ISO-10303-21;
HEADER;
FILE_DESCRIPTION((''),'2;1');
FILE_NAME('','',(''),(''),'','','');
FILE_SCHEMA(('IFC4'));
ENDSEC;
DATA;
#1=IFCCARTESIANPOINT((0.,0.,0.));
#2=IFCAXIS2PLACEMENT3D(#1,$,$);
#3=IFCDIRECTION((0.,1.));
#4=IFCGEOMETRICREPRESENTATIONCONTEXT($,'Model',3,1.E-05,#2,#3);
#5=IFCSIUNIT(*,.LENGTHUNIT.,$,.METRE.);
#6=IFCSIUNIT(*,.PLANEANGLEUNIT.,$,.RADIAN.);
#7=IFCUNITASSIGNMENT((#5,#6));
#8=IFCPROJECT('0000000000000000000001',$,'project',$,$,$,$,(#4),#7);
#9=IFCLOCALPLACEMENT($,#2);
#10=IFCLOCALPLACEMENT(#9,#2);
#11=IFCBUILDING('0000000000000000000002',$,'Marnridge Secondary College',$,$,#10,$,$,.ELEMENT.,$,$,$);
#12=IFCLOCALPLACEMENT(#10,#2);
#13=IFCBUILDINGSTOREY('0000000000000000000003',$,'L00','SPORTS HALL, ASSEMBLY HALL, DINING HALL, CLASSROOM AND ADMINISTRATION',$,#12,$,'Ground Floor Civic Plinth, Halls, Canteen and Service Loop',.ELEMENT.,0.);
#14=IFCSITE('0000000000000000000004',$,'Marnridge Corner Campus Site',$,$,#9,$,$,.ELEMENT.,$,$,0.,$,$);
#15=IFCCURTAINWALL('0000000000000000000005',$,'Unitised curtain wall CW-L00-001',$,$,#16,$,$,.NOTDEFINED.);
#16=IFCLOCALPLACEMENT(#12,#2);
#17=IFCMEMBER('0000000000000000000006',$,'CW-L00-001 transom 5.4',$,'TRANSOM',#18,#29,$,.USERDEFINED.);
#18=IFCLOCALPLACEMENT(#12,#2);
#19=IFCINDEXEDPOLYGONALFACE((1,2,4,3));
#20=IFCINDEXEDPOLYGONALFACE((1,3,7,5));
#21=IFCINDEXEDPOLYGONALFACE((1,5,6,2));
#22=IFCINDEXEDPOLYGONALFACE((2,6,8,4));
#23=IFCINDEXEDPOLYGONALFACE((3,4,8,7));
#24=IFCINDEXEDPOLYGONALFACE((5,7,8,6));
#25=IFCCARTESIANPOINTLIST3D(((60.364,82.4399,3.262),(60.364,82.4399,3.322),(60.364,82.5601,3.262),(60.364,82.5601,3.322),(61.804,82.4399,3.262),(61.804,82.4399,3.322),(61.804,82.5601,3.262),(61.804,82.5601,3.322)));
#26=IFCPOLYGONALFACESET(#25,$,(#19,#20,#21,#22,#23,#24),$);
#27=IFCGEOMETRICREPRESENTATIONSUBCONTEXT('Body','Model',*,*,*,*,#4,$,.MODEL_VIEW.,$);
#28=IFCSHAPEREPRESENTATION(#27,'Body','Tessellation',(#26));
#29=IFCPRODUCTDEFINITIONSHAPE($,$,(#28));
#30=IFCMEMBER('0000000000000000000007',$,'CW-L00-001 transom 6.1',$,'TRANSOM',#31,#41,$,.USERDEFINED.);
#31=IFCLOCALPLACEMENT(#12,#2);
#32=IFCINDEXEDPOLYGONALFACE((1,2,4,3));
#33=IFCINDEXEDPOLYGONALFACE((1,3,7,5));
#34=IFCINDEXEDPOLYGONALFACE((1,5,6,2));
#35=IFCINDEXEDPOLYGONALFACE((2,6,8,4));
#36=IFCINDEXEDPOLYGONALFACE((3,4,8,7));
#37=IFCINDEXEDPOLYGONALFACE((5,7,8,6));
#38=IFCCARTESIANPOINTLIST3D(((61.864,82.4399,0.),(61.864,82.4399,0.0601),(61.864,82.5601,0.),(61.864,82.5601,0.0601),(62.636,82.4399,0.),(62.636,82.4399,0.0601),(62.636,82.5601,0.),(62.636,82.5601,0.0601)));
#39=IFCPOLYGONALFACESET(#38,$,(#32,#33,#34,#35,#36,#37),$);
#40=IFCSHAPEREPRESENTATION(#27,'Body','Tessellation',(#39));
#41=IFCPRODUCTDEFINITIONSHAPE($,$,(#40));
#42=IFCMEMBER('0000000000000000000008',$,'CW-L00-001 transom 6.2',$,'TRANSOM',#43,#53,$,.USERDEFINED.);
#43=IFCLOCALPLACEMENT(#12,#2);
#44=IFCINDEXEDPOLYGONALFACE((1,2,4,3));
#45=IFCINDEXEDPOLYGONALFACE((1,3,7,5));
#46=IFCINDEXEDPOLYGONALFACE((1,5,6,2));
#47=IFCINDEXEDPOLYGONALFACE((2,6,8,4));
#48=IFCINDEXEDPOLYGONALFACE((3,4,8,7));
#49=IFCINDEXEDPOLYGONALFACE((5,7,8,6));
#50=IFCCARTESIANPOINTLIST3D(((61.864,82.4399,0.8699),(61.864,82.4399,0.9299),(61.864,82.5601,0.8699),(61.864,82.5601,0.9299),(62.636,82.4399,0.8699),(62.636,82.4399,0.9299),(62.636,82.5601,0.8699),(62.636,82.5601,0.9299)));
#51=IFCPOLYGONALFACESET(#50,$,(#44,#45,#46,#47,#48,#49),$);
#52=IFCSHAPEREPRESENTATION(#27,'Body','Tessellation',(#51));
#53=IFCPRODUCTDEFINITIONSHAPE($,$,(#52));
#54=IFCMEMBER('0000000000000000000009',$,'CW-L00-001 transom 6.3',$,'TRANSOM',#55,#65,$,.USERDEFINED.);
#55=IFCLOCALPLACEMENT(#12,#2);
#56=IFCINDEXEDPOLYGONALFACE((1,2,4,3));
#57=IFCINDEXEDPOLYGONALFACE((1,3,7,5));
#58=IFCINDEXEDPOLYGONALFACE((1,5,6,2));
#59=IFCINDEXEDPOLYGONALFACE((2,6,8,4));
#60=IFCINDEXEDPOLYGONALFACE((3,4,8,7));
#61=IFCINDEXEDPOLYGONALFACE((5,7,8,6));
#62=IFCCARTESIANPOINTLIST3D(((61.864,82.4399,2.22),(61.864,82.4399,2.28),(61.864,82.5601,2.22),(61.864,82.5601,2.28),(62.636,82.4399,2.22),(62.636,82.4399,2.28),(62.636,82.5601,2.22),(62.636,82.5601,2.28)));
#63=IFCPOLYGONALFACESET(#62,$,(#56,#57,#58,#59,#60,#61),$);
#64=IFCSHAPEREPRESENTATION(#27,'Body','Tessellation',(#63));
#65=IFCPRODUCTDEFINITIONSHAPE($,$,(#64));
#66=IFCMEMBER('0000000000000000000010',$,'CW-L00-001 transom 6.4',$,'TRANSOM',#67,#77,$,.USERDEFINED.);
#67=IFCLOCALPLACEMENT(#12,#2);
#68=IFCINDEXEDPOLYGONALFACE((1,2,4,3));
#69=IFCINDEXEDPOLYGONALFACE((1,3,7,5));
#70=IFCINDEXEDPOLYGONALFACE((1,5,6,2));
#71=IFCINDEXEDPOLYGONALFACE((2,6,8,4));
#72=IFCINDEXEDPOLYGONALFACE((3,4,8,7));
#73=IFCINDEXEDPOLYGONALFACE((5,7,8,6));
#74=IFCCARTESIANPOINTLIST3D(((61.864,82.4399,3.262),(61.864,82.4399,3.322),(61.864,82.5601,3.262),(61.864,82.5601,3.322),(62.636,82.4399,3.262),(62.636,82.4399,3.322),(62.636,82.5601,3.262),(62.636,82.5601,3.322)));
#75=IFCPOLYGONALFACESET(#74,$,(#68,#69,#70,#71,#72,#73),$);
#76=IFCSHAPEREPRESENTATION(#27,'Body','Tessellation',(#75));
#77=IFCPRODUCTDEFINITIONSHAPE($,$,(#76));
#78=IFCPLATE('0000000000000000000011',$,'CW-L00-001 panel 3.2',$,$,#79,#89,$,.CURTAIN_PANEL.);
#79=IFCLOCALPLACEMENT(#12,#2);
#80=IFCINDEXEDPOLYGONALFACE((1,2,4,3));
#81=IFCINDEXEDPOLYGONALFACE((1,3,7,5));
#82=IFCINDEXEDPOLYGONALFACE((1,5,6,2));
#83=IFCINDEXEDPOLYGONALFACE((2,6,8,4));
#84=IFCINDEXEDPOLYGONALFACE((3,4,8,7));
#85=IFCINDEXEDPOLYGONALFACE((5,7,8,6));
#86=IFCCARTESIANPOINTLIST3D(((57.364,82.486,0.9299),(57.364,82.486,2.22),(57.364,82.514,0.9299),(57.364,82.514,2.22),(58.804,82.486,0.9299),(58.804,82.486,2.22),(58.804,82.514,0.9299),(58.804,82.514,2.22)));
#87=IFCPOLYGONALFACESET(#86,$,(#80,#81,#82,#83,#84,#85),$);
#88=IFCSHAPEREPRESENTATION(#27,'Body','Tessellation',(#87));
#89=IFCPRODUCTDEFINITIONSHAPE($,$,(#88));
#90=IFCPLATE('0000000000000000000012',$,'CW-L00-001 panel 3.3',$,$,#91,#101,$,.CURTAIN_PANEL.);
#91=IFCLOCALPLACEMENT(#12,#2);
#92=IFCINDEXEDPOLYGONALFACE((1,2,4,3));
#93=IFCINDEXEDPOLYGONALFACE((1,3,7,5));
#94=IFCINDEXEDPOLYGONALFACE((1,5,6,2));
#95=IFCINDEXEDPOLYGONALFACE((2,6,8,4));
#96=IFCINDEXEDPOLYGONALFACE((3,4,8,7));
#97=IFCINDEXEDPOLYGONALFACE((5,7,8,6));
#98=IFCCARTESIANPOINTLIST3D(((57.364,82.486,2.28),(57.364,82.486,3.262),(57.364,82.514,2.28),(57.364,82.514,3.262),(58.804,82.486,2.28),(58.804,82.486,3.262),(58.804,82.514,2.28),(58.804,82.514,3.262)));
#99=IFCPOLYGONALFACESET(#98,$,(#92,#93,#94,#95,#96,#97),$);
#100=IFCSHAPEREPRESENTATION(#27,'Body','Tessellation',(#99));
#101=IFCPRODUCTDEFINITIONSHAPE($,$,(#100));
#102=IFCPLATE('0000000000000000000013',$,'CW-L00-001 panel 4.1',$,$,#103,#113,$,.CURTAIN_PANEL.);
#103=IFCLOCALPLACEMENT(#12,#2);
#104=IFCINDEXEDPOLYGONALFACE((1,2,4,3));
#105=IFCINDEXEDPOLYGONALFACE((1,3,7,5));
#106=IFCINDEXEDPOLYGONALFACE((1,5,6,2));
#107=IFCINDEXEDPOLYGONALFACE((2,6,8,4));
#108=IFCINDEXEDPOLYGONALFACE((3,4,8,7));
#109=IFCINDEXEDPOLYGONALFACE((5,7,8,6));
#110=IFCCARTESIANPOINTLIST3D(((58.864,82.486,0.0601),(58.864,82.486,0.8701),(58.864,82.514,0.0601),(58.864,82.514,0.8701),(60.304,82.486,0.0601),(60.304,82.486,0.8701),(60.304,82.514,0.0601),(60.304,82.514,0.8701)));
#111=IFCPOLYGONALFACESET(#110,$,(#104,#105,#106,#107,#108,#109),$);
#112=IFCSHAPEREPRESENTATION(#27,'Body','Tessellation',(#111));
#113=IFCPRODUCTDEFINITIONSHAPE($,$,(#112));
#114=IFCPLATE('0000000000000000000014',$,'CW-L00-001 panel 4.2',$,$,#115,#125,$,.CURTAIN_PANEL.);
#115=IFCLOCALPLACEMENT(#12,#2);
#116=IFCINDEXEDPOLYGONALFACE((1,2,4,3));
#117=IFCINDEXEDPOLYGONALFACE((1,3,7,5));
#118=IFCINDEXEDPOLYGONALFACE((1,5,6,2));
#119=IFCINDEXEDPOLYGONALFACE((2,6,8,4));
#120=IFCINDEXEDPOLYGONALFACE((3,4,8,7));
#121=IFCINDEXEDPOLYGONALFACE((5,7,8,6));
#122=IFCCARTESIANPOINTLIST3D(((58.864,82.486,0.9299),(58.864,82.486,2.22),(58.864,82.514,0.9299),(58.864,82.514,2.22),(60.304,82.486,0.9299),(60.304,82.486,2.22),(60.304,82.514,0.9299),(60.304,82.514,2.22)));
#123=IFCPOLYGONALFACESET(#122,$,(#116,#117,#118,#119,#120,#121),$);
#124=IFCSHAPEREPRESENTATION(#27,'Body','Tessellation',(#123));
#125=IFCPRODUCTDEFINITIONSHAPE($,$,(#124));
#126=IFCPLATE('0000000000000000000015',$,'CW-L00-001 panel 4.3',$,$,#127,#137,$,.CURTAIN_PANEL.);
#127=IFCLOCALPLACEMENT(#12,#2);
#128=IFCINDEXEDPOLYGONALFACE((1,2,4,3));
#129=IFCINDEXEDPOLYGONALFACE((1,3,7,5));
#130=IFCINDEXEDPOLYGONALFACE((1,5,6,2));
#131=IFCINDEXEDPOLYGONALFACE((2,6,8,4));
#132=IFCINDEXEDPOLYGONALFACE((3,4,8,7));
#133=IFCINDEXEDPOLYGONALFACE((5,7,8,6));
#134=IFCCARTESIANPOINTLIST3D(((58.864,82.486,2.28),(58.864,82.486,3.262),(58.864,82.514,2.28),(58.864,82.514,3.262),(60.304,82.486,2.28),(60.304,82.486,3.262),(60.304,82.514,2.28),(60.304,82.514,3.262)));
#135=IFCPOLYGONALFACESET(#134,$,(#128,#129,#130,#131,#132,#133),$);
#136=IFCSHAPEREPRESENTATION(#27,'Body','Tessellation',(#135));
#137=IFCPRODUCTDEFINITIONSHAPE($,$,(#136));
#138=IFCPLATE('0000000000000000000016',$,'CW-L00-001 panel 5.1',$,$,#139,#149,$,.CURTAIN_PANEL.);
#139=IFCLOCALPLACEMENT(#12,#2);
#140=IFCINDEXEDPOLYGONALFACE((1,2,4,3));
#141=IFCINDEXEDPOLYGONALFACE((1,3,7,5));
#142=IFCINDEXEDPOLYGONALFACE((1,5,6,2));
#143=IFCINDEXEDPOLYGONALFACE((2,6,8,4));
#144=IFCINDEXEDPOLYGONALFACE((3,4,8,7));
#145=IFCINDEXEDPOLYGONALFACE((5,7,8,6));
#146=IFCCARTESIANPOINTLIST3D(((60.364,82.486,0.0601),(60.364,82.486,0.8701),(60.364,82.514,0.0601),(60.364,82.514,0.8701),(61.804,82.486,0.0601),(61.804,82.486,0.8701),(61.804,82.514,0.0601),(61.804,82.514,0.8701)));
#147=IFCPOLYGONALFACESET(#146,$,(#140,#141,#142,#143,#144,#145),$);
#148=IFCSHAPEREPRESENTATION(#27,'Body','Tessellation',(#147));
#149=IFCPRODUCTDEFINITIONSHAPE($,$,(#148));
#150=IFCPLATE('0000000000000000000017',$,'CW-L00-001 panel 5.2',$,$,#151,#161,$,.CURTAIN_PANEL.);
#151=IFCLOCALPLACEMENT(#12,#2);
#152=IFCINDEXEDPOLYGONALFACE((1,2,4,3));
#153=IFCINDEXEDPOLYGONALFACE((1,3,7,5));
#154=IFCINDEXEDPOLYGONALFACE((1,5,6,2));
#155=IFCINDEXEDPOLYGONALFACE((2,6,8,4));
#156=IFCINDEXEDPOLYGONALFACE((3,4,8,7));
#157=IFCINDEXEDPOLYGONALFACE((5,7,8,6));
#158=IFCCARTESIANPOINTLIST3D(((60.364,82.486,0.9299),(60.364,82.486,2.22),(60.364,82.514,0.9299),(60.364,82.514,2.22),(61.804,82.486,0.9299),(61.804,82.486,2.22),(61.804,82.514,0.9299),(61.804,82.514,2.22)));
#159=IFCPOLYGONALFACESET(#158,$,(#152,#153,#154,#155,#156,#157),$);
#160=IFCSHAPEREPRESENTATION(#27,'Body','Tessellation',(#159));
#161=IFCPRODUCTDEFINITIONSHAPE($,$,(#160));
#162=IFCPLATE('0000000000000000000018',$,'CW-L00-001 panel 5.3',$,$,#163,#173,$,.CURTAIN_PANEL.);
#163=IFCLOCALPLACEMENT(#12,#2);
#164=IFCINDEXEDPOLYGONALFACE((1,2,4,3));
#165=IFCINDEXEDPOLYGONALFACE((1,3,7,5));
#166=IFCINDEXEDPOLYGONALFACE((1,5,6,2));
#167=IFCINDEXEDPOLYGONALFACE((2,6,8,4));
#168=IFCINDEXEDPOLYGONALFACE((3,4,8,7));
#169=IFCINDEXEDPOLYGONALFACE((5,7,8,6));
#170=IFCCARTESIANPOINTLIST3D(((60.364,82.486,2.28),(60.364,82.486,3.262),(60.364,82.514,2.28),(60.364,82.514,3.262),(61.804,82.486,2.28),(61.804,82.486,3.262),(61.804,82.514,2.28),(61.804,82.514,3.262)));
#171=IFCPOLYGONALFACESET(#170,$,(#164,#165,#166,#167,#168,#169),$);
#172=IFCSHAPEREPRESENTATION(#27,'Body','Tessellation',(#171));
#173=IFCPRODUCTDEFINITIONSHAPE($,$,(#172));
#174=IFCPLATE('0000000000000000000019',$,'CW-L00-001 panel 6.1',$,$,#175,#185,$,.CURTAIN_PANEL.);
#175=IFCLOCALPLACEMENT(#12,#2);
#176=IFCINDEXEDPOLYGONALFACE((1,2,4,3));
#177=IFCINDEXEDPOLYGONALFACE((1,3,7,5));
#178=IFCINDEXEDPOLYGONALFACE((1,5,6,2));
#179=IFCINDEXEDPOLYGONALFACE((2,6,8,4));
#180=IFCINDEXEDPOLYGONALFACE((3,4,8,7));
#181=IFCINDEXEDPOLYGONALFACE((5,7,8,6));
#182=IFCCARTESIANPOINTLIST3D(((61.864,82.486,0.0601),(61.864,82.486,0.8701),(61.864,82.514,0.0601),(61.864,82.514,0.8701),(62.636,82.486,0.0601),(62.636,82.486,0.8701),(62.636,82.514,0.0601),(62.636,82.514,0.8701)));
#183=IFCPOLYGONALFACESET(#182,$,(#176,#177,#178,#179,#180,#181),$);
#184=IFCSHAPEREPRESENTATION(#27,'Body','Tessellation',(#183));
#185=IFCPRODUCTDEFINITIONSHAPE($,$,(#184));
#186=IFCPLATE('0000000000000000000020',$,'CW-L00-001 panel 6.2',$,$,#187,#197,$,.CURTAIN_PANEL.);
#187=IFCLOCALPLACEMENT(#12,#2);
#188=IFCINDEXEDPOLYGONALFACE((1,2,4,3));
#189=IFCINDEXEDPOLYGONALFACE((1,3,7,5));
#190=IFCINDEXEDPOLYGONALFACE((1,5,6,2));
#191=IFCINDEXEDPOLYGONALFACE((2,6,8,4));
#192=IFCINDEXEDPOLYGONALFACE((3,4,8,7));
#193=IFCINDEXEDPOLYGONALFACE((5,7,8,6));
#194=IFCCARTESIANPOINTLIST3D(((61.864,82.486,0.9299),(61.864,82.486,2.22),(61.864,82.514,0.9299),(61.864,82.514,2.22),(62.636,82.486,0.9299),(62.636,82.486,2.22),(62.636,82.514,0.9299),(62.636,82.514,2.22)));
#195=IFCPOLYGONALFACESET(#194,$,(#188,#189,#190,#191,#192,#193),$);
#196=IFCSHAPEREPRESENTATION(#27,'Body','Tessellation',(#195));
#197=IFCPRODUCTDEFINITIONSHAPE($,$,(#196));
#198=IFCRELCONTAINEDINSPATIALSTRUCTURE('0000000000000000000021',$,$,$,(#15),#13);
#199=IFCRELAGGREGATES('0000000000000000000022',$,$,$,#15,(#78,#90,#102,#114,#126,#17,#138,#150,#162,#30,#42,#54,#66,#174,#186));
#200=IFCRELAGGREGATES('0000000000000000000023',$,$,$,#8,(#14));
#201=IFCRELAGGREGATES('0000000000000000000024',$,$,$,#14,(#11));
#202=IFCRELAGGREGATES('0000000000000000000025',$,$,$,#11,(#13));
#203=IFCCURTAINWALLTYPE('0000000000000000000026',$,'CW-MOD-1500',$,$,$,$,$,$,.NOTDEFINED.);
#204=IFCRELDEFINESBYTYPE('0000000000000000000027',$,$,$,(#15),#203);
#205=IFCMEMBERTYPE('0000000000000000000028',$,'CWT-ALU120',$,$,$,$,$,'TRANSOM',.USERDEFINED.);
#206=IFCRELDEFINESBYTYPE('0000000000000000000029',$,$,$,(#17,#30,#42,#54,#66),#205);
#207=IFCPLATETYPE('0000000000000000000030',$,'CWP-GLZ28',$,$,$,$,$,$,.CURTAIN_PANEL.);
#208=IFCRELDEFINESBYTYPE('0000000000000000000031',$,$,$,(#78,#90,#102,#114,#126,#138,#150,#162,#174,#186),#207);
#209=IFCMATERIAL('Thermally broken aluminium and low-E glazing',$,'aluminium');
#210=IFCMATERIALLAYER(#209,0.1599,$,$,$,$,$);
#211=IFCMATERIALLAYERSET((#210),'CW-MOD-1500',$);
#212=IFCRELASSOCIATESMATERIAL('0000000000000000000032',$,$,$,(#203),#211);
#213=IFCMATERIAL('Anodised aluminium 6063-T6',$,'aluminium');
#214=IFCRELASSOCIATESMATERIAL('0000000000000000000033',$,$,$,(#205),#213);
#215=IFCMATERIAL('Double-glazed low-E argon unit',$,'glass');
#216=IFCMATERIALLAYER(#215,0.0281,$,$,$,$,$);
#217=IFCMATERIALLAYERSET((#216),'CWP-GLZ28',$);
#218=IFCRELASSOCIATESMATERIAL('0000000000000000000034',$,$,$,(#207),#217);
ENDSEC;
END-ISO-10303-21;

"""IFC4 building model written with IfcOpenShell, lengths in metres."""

from ifc_helpers import new_model, si_unit, direction, frame, origin, origin_2d, place, context, subcontext, project, spatial, rectangle, extrude, material, layer, layer_set, material_profile, profile_set, type_object, element, aggregate, save


model = new_model("IFC4")

# Units and contexts
model_context = context("Model", 3, precision=1e-05, world=origin(), true_north=direction((0.0, 1.0)))
body_context = subcontext(model_context, "Body", "Model", "MODEL_VIEW")
ifc_project = project(units=[si_unit("LENGTHUNIT", "METRE"), si_unit("PLANEANGLEUNIT", "RADIAN")], contexts=[model_context])

# Site, building, storey
site_placement = place(None, origin())
site = spatial("IfcSite", under=ifc_project, at=site_placement, Name="Marnridge Corner Campus Site", CompositionType="ELEMENT", RefElevation=0.0)
building_placement = place(site_placement, origin())
building = spatial("IfcBuilding", under=site, at=building_placement, Name="Marnridge Secondary College", CompositionType="ELEMENT")
storey_placement = place(building_placement, origin())
storey = spatial("IfcBuildingStorey", under=building, at=storey_placement, Name="L00", Description="SPORTS HALL, ASSEMBLY HALL, DINING HALL, CLASSROOM AND ADMINISTRATION", LongName="Ground Floor Civic Plinth, Halls, Canteen and Service Loop", CompositionType="ELEMENT", Elevation=0.0)

# Curtain wall, members, plates
ifc_material_1 = material(Name="Thermally broken aluminium and low-E glazing", Category="aluminium")
ifc_layer_1 = layer(ifc_material_1, 0.1599)
ifc_layer_set_1 = layer_set([ifc_layer_1], Name="CW-MOD-1500")
curtain_wall_type = type_object("IfcCurtainWallType", Name="CW-MOD-1500", PredefinedType="NOTDEFINED", material=ifc_layer_set_1)
curtain_wall_placement = place(storey_placement, origin())
curtain_wall = element("IfcCurtainWall", 1, at=curtain_wall_placement, inside=storey, type_object=curtain_wall_type, Name="Unitised curtain wall CW-L00-001", PredefinedType="NOTDEFINED")
ifc_material_2 = material(Name="Anodised aluminium 6063-T6", Category="aluminium")
ifc_material_profile_1 = material_profile(ifc_material_2, rectangle(XDim=0.0601, YDim=0.1201, at=origin_2d()), Name="ALU 60x120")
ifc_profile_set_1 = profile_set([ifc_material_profile_1], Name="Anodised aluminium 6063-T6")
member_type_1 = type_object("IfcMemberType", Name="CWT-ALU120", ElementType="TRANSOM", PredefinedType="USERDEFINED", material=ifc_profile_set_1)
member_1_placement = place(storey_placement, frame((60.364, 82.5, 3.292), z_axis=(1.0, 0.0, 0.0), x_axis=(0.0, 0.0, 1.0)))
member_1 = element("IfcMember", 2, at=member_1_placement, type_object=member_type_1, Name="CW-L00-001 transom 5.4", ObjectType="TRANSOM", PredefinedType="USERDEFINED", context=body_context, shape_type="SweptSolid", body=[
    extrude(rectangle(XDim=0.0601, YDim=0.1201, at=origin_2d()), origin(), (0.0, 0.0, 1.0), 1.4399),
])
member_2_placement = place(storey_placement, frame((61.864, 82.5, 0.03), z_axis=(1.0, 0.0, 0.0), x_axis=(0.0, 0.0, 1.0)))
member_2 = element("IfcMember", 3, at=member_2_placement, type_object=member_type_1, Name="CW-L00-001 transom 6.1", ObjectType="TRANSOM", PredefinedType="USERDEFINED", context=body_context, shape_type="SweptSolid", body=[
    extrude(rectangle(XDim=0.0601, YDim=0.1201, at=origin_2d()), origin(), (0.0, 0.0, 1.0), 0.772),
])
member_3_placement = place(storey_placement, frame((61.864, 82.5, 0.8999), z_axis=(1.0, 0.0, 0.0), x_axis=(0.0, 0.0, 1.0)))
member_3 = element("IfcMember", 4, at=member_3_placement, type_object=member_type_1, Name="CW-L00-001 transom 6.2", ObjectType="TRANSOM", PredefinedType="USERDEFINED", context=body_context, shape_type="SweptSolid", body=[
    extrude(rectangle(XDim=0.0601, YDim=0.1201, at=origin_2d()), origin(), (0.0, 0.0, 1.0), 0.772),
])
member_4_placement = place(storey_placement, frame((61.864, 82.5, 2.25), z_axis=(1.0, 0.0, 0.0), x_axis=(0.0, 0.0, 1.0)))
member_4 = element("IfcMember", 5, at=member_4_placement, type_object=member_type_1, Name="CW-L00-001 transom 6.3", ObjectType="TRANSOM", PredefinedType="USERDEFINED", context=body_context, shape_type="SweptSolid", body=[
    extrude(rectangle(XDim=0.0601, YDim=0.1201, at=origin_2d()), origin(), (0.0, 0.0, 1.0), 0.772),
])
member_5_placement = place(storey_placement, frame((61.864, 82.5, 3.292), z_axis=(1.0, 0.0, 0.0), x_axis=(0.0, 0.0, 1.0)))
member_5 = element("IfcMember", 6, at=member_5_placement, type_object=member_type_1, Name="CW-L00-001 transom 6.4", ObjectType="TRANSOM", PredefinedType="USERDEFINED", context=body_context, shape_type="SweptSolid", body=[
    extrude(rectangle(XDim=0.0601, YDim=0.1201, at=origin_2d()), origin(), (0.0, 0.0, 1.0), 0.772),
])
ifc_material_3 = material(Name="Double-glazed low-E argon unit", Category="glass")
ifc_layer_2 = layer(ifc_material_3, 0.0281)
ifc_layer_set_2 = layer_set([ifc_layer_2], Name="CWP-GLZ28")
plate_type = type_object("IfcPlateType", Name="CWP-GLZ28", PredefinedType="CURTAIN_PANEL", material=ifc_layer_set_2)
plate_1_placement = place(storey_placement, frame((58.084, 82.5, 0.9299), z_axis=(0.0, 0.0, 1.0), x_axis=(1.0, 0.0, 0.0)))
plate_1 = element("IfcPlate", 7, at=plate_1_placement, type_object=plate_type, Name="CW-L00-001 panel 3.2", PredefinedType="CURTAIN_PANEL", context=body_context, shape_type="SweptSolid", body=[
    extrude(rectangle(XDim=1.4399, YDim=0.0281, at=origin_2d()), origin(), (0.0, 0.0, 1.0), 1.29),
])
plate_2_placement = place(storey_placement, frame((58.084, 82.5, 2.28), z_axis=(0.0, 0.0, 1.0), x_axis=(1.0, 0.0, 0.0)))
plate_2 = element("IfcPlate", 8, at=plate_2_placement, type_object=plate_type, Name="CW-L00-001 panel 3.3", PredefinedType="CURTAIN_PANEL", context=body_context, shape_type="SweptSolid", body=[
    extrude(rectangle(XDim=1.4399, YDim=0.0281, at=origin_2d()), origin(), (0.0, 0.0, 1.0), 0.9819),
])
plate_3_placement = place(storey_placement, frame((59.584, 82.5, 0.0601), z_axis=(0.0, 0.0, 1.0), x_axis=(1.0, 0.0, 0.0)))
plate_3 = element("IfcPlate", 9, at=plate_3_placement, type_object=plate_type, Name="CW-L00-001 panel 4.1", PredefinedType="CURTAIN_PANEL", context=body_context, shape_type="SweptSolid", body=[
    extrude(rectangle(XDim=1.4399, YDim=0.0281, at=origin_2d()), origin(), (0.0, 0.0, 1.0), 0.8101),
])
plate_4_placement = place(storey_placement, frame((59.584, 82.5, 0.9299), z_axis=(0.0, 0.0, 1.0), x_axis=(1.0, 0.0, 0.0)))
plate_4 = element("IfcPlate", 10, at=plate_4_placement, type_object=plate_type, Name="CW-L00-001 panel 4.2", PredefinedType="CURTAIN_PANEL", context=body_context, shape_type="SweptSolid", body=[
    extrude(rectangle(XDim=1.4399, YDim=0.0281, at=origin_2d()), origin(), (0.0, 0.0, 1.0), 1.29),
])
plate_5_placement = place(storey_placement, frame((59.584, 82.5, 2.28), z_axis=(0.0, 0.0, 1.0), x_axis=(1.0, 0.0, 0.0)))
plate_5 = element("IfcPlate", 11, at=plate_5_placement, type_object=plate_type, Name="CW-L00-001 panel 4.3", PredefinedType="CURTAIN_PANEL", context=body_context, shape_type="SweptSolid", body=[
    extrude(rectangle(XDim=1.4399, YDim=0.0281, at=origin_2d()), origin(), (0.0, 0.0, 1.0), 0.9819),
])
plate_6_placement = place(storey_placement, frame((61.084, 82.5, 0.0601), z_axis=(0.0, 0.0, 1.0), x_axis=(1.0, 0.0, 0.0)))
plate_6 = element("IfcPlate", 12, at=plate_6_placement, type_object=plate_type, Name="CW-L00-001 panel 5.1", PredefinedType="CURTAIN_PANEL", context=body_context, shape_type="SweptSolid", body=[
    extrude(rectangle(XDim=1.4399, YDim=0.0281, at=origin_2d()), origin(), (0.0, 0.0, 1.0), 0.8101),
])
plate_7_placement = place(storey_placement, frame((61.084, 82.5, 0.9299), z_axis=(0.0, 0.0, 1.0), x_axis=(1.0, 0.0, 0.0)))
plate_7 = element("IfcPlate", 13, at=plate_7_placement, type_object=plate_type, Name="CW-L00-001 panel 5.2", PredefinedType="CURTAIN_PANEL", context=body_context, shape_type="SweptSolid", body=[
    extrude(rectangle(XDim=1.4399, YDim=0.0281, at=origin_2d()), origin(), (0.0, 0.0, 1.0), 1.29),
])
plate_8_placement = place(storey_placement, frame((61.084, 82.5, 2.28), z_axis=(0.0, 0.0, 1.0), x_axis=(1.0, 0.0, 0.0)))
plate_8 = element("IfcPlate", 14, at=plate_8_placement, type_object=plate_type, Name="CW-L00-001 panel 5.3", PredefinedType="CURTAIN_PANEL", context=body_context, shape_type="SweptSolid", body=[
    extrude(rectangle(XDim=1.4399, YDim=0.0281, at=origin_2d()), origin(), (0.0, 0.0, 1.0), 0.9819),
])
plate_9_placement = place(storey_placement, frame((62.25, 82.5, 0.0601), z_axis=(0.0, 0.0, 1.0), x_axis=(1.0, 0.0, 0.0)))
plate_9 = element("IfcPlate", 15, at=plate_9_placement, type_object=plate_type, Name="CW-L00-001 panel 6.1", PredefinedType="CURTAIN_PANEL", context=body_context, shape_type="SweptSolid", body=[
    extrude(rectangle(XDim=0.772, YDim=0.0281, at=origin_2d()), origin(), (0.0, 0.0, 1.0), 0.8101),
])
plate_10_placement = place(storey_placement, frame((62.25, 82.5, 0.9299), z_axis=(0.0, 0.0, 1.0), x_axis=(1.0, 0.0, 0.0)))
plate_10 = element("IfcPlate", 16, at=plate_10_placement, type_object=plate_type, Name="CW-L00-001 panel 6.2", PredefinedType="CURTAIN_PANEL", context=body_context, shape_type="SweptSolid", body=[
    extrude(rectangle(XDim=0.772, YDim=0.0281, at=origin_2d()), origin(), (0.0, 0.0, 1.0), 1.29),
])
aggregate(curtain_wall, [plate_1, plate_2, plate_3, plate_4, plate_5, member_1, plate_6, plate_7, plate_8, member_2, member_3, member_4, member_5, plate_9, plate_10])

save(model, "model.ifc")
